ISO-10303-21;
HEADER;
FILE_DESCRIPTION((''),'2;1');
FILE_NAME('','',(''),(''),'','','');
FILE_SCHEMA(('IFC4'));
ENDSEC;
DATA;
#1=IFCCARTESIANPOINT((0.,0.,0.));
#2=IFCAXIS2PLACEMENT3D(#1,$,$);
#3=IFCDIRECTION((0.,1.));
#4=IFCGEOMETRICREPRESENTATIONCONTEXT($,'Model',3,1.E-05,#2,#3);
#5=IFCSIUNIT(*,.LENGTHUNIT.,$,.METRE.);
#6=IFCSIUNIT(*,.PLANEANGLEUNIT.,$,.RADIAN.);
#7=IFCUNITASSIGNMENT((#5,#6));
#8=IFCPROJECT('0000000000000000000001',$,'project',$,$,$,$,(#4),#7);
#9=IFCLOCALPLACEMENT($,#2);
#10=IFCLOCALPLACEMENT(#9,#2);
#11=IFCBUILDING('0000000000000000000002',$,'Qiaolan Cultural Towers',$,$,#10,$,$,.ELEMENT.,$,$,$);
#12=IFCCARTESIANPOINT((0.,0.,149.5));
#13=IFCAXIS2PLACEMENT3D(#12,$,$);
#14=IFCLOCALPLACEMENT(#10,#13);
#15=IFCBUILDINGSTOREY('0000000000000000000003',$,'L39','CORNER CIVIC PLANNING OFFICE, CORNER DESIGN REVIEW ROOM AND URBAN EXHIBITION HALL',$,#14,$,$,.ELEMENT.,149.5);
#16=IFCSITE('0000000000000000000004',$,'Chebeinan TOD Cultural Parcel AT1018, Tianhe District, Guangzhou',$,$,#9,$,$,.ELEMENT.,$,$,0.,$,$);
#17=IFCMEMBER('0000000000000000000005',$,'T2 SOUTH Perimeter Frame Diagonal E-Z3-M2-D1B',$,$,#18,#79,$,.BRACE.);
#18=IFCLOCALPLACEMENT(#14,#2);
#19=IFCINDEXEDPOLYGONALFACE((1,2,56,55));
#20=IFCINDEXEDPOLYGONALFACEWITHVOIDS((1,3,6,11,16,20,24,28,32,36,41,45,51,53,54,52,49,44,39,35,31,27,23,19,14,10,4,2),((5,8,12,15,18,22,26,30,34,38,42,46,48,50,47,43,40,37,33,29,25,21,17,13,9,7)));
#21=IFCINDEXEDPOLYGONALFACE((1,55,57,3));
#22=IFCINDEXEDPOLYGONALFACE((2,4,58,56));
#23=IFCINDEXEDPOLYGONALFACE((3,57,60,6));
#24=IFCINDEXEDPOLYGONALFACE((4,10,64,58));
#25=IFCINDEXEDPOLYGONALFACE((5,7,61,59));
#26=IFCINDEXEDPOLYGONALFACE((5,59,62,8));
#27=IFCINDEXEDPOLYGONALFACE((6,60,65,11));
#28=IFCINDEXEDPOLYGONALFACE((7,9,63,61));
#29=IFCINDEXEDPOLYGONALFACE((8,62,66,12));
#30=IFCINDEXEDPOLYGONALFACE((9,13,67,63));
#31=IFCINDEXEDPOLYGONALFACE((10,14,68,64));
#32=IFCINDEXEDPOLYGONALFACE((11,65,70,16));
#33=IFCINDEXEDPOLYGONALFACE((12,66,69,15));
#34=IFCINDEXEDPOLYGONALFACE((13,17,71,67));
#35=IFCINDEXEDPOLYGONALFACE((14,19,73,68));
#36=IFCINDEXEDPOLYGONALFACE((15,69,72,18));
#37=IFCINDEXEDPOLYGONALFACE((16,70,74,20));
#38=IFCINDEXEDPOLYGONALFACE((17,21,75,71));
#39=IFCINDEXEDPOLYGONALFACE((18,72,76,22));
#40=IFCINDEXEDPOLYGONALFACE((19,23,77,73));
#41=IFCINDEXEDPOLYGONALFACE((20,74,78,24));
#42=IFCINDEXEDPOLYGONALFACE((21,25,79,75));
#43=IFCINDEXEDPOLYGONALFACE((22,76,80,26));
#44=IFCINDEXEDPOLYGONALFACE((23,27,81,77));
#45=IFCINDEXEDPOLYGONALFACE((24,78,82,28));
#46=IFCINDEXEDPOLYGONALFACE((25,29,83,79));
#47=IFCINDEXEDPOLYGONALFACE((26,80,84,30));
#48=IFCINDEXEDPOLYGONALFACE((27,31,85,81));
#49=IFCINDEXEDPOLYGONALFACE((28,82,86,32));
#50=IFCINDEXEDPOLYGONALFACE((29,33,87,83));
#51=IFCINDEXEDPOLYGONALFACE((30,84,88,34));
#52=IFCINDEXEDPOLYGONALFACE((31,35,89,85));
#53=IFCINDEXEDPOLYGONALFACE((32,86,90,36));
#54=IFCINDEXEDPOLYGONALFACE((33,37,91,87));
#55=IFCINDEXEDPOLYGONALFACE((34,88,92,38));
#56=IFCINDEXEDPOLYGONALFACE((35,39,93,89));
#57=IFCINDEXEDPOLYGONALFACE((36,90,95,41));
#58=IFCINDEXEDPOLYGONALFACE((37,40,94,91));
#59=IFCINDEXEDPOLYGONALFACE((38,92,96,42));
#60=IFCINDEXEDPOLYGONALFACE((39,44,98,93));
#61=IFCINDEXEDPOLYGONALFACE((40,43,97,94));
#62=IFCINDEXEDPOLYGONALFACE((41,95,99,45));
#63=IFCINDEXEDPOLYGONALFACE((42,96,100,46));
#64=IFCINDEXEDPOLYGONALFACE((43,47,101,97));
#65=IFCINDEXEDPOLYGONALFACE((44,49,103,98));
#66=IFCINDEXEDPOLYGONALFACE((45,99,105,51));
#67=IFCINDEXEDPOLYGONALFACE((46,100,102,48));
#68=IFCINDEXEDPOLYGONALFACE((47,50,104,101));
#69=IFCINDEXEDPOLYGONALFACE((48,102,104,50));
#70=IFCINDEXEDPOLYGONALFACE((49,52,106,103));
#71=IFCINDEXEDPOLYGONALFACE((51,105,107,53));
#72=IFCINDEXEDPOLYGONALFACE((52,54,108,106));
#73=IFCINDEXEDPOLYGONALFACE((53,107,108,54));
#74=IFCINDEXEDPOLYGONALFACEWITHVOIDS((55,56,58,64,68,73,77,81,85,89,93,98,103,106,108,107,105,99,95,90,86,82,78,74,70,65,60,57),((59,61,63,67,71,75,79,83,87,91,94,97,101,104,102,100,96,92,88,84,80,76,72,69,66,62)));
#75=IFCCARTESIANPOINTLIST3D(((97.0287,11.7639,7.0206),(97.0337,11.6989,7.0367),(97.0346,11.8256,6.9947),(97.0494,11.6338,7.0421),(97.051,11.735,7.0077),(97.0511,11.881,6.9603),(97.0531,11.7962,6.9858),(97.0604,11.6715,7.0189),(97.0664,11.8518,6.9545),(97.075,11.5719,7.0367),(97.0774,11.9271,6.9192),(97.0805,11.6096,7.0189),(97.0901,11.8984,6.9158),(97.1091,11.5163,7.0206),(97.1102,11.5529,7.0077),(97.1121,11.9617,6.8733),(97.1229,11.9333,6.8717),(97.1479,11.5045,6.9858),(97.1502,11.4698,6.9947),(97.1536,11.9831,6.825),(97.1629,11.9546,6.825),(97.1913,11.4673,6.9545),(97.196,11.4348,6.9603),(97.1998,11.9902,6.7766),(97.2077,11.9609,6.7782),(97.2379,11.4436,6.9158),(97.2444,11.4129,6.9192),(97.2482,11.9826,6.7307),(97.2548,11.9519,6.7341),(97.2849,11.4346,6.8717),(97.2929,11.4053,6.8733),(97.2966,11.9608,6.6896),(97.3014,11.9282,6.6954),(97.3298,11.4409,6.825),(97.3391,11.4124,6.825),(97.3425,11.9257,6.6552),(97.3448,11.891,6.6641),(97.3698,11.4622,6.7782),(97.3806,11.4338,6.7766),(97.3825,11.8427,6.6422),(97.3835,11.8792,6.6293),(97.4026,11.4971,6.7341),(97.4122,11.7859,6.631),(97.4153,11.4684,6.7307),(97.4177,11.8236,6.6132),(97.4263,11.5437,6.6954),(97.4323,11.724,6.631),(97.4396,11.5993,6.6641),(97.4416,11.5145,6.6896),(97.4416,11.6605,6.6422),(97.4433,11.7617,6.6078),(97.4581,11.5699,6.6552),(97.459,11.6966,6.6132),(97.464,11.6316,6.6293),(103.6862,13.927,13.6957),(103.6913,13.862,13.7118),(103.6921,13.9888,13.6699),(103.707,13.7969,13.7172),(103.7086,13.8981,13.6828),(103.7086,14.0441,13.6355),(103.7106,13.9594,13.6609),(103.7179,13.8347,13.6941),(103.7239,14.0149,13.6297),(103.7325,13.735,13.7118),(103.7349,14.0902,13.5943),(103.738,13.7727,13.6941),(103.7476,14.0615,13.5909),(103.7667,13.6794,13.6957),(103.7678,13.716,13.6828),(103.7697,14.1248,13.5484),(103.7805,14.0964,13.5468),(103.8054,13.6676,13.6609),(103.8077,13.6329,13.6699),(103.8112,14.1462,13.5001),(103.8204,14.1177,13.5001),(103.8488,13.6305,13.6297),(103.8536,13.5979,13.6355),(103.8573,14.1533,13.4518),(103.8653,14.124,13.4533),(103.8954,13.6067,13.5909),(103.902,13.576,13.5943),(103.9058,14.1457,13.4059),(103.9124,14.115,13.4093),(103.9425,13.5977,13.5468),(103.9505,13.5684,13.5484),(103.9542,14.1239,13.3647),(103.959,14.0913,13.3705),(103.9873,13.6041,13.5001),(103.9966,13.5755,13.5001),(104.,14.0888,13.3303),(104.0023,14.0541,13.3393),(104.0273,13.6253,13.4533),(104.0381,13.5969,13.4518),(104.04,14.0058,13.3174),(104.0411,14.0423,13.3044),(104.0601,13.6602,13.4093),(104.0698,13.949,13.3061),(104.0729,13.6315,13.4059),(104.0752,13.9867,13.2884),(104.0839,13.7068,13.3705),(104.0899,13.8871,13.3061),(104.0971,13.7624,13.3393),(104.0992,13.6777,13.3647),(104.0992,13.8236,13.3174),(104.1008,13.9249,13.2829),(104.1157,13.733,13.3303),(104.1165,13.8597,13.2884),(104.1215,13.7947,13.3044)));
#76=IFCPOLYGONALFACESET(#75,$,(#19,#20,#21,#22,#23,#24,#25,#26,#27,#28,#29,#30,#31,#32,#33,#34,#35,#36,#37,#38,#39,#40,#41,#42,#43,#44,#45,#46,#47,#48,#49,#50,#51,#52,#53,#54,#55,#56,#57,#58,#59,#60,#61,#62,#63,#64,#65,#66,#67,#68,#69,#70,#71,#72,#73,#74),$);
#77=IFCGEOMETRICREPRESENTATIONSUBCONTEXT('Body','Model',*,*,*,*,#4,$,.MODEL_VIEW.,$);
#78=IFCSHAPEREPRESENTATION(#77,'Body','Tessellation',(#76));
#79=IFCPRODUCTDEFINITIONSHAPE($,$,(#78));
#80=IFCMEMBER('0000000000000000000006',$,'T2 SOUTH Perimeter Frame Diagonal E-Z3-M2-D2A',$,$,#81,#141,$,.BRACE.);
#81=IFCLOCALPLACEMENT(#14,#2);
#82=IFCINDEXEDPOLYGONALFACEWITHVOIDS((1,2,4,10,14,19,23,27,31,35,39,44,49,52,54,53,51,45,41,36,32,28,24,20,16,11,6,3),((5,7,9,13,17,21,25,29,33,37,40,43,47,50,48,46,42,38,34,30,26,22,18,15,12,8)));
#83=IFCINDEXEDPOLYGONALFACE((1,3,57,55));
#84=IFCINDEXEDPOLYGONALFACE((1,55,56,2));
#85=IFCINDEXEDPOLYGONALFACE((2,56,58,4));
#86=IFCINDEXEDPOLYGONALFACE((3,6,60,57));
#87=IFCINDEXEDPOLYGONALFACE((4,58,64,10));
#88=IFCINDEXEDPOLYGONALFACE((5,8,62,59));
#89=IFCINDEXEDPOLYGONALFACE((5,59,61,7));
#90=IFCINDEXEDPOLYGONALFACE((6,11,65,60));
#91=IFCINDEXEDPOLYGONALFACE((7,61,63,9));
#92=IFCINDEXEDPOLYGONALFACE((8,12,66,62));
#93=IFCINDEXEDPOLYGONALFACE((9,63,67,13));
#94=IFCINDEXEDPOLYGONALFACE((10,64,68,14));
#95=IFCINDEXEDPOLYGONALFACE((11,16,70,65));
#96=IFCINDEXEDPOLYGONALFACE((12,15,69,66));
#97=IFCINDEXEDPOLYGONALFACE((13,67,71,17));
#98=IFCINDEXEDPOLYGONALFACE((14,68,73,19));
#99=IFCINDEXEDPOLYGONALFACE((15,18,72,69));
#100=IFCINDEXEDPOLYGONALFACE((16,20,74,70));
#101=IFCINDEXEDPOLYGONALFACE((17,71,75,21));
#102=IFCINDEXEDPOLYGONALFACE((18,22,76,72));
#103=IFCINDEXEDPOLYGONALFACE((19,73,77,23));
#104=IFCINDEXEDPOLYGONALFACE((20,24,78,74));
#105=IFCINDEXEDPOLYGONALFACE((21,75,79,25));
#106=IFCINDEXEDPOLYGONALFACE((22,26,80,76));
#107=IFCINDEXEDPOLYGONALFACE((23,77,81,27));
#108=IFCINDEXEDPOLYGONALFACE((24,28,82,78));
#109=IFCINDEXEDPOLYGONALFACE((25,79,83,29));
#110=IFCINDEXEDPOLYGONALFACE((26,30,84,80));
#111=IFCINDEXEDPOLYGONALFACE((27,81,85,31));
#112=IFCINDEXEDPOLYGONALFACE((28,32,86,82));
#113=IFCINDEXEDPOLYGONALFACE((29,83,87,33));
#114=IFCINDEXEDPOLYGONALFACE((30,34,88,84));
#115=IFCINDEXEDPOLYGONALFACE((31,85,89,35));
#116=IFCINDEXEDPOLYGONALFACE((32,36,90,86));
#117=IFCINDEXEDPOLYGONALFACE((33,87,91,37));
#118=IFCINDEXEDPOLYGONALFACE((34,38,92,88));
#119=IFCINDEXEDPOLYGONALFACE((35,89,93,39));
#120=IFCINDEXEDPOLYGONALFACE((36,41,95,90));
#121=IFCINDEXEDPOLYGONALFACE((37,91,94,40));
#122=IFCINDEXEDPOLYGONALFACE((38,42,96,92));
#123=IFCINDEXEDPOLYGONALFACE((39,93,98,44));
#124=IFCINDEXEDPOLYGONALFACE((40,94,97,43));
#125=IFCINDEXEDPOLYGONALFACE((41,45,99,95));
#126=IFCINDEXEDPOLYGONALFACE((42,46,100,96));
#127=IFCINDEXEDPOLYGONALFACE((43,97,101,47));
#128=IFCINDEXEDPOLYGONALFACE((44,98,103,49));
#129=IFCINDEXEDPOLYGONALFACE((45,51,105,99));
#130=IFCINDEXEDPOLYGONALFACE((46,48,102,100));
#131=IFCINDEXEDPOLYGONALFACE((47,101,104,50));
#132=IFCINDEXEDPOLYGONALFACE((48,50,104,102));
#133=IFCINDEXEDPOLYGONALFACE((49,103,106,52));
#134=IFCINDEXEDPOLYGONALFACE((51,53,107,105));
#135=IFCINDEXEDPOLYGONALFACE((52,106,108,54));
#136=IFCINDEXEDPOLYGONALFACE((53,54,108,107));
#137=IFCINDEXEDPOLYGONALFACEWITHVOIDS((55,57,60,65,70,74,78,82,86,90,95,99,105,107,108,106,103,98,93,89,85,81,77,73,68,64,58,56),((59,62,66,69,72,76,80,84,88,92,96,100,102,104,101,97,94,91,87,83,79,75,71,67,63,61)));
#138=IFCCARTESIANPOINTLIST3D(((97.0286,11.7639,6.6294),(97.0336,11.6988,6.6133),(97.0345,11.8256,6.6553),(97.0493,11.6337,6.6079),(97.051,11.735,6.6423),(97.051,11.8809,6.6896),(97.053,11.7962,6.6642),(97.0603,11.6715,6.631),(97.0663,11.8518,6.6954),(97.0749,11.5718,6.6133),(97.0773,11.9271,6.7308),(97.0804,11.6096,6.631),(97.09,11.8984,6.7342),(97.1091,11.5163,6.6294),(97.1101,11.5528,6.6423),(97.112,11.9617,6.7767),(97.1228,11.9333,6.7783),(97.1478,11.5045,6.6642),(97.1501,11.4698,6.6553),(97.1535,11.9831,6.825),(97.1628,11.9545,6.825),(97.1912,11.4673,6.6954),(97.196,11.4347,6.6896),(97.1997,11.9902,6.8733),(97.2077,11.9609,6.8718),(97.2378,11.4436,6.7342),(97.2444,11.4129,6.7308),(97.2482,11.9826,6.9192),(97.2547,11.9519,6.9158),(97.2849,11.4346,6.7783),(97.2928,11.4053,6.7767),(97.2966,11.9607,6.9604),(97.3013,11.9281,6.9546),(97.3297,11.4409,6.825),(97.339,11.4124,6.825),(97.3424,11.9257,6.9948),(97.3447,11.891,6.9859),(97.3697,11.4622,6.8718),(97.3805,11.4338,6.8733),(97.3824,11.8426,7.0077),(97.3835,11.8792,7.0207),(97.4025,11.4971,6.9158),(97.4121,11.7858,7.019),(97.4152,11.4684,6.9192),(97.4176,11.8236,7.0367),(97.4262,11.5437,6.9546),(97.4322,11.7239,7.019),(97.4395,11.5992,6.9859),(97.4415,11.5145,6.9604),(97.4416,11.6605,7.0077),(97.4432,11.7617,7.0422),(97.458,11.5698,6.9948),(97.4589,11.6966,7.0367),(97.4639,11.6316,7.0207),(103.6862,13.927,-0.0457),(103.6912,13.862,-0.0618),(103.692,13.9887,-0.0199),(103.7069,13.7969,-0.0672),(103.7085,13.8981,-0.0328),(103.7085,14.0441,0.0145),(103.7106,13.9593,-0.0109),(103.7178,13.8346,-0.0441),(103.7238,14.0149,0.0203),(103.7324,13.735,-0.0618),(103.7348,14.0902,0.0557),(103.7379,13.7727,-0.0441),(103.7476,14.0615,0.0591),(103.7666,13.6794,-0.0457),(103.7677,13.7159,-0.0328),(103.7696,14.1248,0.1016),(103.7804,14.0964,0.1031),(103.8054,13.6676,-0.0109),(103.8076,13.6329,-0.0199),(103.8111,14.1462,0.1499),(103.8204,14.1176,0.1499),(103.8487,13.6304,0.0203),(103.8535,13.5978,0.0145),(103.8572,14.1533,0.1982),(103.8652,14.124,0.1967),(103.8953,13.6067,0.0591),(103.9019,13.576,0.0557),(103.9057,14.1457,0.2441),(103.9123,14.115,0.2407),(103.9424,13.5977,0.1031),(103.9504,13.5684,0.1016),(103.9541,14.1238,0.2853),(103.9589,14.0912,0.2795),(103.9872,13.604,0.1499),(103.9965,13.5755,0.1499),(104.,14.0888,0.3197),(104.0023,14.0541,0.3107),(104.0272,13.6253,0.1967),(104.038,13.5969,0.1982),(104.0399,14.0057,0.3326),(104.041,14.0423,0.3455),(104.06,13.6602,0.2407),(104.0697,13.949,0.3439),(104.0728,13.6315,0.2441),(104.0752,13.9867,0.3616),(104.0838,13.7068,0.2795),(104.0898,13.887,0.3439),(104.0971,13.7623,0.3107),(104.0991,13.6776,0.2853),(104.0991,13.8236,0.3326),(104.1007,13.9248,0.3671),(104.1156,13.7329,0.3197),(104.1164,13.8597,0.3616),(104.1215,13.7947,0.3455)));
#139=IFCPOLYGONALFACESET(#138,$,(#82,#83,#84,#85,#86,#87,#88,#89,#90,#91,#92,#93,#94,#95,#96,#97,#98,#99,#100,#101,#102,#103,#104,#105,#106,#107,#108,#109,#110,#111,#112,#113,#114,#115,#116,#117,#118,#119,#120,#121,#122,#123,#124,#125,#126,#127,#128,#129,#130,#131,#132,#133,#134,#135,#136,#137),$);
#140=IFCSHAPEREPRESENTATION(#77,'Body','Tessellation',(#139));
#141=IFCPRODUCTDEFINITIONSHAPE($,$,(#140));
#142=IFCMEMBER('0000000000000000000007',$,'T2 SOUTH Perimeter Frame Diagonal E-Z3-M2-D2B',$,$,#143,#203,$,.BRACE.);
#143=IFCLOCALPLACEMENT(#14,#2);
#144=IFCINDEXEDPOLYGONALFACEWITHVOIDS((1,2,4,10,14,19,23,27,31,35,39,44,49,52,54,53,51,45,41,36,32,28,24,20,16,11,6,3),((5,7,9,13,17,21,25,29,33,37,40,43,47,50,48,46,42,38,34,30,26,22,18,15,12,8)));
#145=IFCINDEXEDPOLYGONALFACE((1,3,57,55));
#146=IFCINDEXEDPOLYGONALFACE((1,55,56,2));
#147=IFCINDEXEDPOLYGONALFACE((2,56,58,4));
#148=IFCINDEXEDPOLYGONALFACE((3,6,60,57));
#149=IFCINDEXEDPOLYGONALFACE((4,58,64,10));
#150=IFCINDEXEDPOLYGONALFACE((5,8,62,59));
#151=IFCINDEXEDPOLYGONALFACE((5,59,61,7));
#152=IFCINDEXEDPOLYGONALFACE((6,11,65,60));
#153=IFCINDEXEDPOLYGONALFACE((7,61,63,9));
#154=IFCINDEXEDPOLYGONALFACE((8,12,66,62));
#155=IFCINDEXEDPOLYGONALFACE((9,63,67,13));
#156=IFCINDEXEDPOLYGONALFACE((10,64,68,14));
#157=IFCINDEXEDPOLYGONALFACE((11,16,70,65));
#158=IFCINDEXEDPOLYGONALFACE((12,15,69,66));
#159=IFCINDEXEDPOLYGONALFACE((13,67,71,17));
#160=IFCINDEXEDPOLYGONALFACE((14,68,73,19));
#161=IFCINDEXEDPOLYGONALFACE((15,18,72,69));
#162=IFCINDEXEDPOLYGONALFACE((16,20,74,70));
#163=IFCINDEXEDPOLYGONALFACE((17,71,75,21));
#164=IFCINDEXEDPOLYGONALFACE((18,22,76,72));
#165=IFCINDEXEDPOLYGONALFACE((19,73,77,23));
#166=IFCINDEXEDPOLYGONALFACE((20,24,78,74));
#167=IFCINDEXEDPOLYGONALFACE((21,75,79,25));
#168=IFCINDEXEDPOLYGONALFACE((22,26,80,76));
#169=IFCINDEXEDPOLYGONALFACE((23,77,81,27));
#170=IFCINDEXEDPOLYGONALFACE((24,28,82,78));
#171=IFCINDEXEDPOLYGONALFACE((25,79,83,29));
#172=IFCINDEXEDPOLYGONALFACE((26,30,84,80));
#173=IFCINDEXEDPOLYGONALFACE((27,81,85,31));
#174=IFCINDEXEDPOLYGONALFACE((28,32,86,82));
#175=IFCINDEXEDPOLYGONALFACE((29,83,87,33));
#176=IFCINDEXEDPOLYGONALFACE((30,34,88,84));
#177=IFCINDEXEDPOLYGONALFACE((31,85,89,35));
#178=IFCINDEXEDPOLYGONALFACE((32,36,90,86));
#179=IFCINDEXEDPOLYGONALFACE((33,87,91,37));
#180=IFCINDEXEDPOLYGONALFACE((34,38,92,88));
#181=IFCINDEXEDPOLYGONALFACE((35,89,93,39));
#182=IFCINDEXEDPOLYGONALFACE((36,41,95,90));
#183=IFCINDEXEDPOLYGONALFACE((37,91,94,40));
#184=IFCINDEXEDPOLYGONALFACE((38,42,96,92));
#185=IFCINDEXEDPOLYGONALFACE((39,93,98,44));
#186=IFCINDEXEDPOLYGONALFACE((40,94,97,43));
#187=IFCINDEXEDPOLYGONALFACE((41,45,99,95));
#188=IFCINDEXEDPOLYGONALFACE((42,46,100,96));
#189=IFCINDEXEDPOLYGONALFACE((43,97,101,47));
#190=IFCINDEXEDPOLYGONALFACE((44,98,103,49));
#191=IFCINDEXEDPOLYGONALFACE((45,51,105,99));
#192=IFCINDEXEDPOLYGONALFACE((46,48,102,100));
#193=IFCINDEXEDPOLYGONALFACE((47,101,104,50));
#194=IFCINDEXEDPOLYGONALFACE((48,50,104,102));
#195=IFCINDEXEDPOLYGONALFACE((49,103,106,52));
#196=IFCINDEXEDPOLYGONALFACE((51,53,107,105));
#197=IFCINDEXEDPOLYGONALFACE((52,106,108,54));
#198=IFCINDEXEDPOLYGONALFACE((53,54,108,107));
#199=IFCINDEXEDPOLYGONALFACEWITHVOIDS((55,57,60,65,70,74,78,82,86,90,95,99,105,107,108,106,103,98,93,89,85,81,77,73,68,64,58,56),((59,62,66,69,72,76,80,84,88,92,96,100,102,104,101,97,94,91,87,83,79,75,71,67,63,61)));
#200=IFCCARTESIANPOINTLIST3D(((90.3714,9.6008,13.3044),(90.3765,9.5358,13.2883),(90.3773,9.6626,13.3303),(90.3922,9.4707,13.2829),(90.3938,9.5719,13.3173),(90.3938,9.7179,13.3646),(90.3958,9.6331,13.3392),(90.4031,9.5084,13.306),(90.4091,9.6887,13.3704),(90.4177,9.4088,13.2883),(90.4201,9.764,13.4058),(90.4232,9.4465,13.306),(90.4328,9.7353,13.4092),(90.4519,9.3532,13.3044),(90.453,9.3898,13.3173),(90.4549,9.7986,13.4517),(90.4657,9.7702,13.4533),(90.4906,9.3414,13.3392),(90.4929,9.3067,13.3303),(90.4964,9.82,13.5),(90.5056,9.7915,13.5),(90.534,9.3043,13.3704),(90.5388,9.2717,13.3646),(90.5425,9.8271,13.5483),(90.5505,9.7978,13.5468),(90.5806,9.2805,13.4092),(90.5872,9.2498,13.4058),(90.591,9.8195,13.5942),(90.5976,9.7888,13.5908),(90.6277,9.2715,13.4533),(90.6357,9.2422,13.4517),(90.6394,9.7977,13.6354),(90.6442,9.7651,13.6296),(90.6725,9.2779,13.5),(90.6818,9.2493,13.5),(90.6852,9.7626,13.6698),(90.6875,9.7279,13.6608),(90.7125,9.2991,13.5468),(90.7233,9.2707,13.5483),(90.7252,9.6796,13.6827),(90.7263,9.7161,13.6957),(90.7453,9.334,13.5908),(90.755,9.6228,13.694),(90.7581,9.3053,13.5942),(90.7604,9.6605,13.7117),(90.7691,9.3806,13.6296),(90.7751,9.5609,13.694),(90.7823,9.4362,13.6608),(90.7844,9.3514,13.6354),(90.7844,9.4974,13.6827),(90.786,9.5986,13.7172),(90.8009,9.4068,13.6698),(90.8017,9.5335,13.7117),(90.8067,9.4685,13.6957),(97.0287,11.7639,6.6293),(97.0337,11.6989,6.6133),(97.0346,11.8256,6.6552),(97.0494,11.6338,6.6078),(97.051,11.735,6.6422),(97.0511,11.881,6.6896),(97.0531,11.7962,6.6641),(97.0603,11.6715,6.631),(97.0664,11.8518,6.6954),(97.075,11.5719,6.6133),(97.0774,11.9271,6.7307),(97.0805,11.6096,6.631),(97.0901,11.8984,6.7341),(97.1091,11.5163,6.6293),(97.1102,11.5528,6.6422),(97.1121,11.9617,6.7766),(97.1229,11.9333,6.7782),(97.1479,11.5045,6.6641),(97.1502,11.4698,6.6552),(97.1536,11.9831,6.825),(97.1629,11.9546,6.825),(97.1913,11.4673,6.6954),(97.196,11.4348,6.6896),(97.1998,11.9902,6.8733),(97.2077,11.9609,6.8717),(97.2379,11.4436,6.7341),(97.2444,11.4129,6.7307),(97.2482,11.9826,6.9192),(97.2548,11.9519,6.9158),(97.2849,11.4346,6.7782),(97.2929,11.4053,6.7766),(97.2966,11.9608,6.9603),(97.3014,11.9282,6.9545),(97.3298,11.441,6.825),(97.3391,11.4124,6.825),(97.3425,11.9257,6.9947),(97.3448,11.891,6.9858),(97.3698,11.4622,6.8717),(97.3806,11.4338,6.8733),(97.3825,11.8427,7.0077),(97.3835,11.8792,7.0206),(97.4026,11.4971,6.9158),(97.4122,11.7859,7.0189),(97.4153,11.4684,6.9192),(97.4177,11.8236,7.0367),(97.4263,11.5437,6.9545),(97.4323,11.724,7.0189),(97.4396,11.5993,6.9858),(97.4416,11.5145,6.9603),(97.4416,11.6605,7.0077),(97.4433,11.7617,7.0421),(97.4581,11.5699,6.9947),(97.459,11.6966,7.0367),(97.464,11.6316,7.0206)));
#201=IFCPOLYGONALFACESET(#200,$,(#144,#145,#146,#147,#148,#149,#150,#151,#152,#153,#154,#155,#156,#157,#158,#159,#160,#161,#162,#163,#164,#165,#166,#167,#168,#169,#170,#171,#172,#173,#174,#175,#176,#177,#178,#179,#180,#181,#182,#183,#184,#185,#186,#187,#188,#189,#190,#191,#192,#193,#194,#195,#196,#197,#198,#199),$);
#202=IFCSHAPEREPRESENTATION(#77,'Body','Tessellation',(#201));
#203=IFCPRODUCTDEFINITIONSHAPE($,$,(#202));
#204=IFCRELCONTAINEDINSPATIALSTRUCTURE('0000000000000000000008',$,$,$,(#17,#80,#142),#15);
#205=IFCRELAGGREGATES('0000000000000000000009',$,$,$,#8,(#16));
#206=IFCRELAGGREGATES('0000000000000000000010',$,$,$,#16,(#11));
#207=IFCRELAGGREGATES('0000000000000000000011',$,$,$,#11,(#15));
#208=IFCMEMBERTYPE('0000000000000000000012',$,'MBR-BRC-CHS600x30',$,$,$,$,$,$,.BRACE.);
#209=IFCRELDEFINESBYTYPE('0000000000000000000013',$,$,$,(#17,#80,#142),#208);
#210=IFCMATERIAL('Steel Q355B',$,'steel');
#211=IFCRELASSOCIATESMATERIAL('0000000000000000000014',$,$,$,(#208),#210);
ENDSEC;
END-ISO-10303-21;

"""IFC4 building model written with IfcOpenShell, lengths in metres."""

from ifc_helpers import new_model, si_unit, direction, frame, origin, origin_2d, place, context, subcontext, project, spatial, hollow_circle, extrude, material, material_profile, profile_set, type_object, element, save


model = new_model("IFC4")

# Units and contexts
model_context = context("Model", 3, precision=1e-05, world=origin(), true_north=direction((0.0, 1.0)))
body_context = subcontext(model_context, "Body", "Model", "MODEL_VIEW")
ifc_project = project(units=[si_unit("LENGTHUNIT", "METRE"), si_unit("PLANEANGLEUNIT", "RADIAN")], contexts=[model_context])

# Site, building, storey
site_placement = place(None, origin())
site = spatial("IfcSite", under=ifc_project, at=site_placement, Name="Chebeinan TOD Cultural Parcel AT1018, Tianhe District, Guangzhou", CompositionType="ELEMENT", RefElevation=0.0)
building_placement = place(site_placement, origin())
building = spatial("IfcBuilding", under=site, at=building_placement, Name="Qiaolan Cultural Towers", CompositionType="ELEMENT")
storey_placement = place(building_placement, frame((0.0, 0.0, 149.5)))
storey = spatial("IfcBuildingStorey", under=building, at=storey_placement, Name="L39", Description="CORNER CIVIC PLANNING OFFICE, CORNER DESIGN REVIEW ROOM AND URBAN EXHIBITION HALL", CompositionType="ELEMENT", Elevation=149.5)

# Members
ifc_material_1 = material(Name="Steel Q355B", Category="steel")
ifc_material_profile_1 = material_profile(ifc_material_1, hollow_circle(Radius=0.3, WallThickness=0.03, at=origin_2d()), Name="CHS600x30")
ifc_profile_set_1 = profile_set([ifc_material_profile_1], Name="Steel Q355B")
member_type = type_object("IfcMemberType", Name="MBR-BRC-CHS600x30", PredefinedType="BRACE", material=ifc_profile_set_1)
for number, where, z_axis, x_axis, name in (
    (1, (97.2463, 11.6978, 6.825), (0.688289, 0.223633, 0.690106), (-0.30901, 0.951059, 0.0), "T2 SOUTH Perimeter Frame Diagonal E-Z3-M2-D1B"),
    (2, (103.9038, 13.8608, 0.1499), (-0.688289, -0.223633, 0.690106), (0.30901, -0.951059, 0.0), "T2 SOUTH Perimeter Frame Diagonal E-Z3-M2-D2A"),
):
    element("IfcMember", number, at=place(storey_placement, frame(where, z_axis=z_axis, x_axis=x_axis)), inside=storey, type_object=member_type, Name=name, PredefinedType="BRACE", context=body_context, shape_type="SweptSolid", body=[
        extrude(hollow_circle(Radius=0.3, WallThickness=0.03, at=origin_2d()), origin(), (0.0, 0.0, 1.0), 9.6726),
    ])
member_placement = place(storey_placement, frame((97.2463, 11.6978, 6.825), z_axis=(-0.688276, -0.223637, 0.690118), x_axis=(0.30902, -0.951056, 0.0)))
element("IfcMember", 3, at=member_placement, inside=storey, type_object=member_type, Name="T2 SOUTH Perimeter Frame Diagonal E-Z3-M2-D2B", PredefinedType="BRACE", context=body_context, shape_type="SweptSolid", body=[
    extrude(hollow_circle(Radius=0.3, WallThickness=0.03, at=origin_2d()), origin(), (0.0, 0.0, 1.0), 9.6724),
])

save(model, "model.ifc")
